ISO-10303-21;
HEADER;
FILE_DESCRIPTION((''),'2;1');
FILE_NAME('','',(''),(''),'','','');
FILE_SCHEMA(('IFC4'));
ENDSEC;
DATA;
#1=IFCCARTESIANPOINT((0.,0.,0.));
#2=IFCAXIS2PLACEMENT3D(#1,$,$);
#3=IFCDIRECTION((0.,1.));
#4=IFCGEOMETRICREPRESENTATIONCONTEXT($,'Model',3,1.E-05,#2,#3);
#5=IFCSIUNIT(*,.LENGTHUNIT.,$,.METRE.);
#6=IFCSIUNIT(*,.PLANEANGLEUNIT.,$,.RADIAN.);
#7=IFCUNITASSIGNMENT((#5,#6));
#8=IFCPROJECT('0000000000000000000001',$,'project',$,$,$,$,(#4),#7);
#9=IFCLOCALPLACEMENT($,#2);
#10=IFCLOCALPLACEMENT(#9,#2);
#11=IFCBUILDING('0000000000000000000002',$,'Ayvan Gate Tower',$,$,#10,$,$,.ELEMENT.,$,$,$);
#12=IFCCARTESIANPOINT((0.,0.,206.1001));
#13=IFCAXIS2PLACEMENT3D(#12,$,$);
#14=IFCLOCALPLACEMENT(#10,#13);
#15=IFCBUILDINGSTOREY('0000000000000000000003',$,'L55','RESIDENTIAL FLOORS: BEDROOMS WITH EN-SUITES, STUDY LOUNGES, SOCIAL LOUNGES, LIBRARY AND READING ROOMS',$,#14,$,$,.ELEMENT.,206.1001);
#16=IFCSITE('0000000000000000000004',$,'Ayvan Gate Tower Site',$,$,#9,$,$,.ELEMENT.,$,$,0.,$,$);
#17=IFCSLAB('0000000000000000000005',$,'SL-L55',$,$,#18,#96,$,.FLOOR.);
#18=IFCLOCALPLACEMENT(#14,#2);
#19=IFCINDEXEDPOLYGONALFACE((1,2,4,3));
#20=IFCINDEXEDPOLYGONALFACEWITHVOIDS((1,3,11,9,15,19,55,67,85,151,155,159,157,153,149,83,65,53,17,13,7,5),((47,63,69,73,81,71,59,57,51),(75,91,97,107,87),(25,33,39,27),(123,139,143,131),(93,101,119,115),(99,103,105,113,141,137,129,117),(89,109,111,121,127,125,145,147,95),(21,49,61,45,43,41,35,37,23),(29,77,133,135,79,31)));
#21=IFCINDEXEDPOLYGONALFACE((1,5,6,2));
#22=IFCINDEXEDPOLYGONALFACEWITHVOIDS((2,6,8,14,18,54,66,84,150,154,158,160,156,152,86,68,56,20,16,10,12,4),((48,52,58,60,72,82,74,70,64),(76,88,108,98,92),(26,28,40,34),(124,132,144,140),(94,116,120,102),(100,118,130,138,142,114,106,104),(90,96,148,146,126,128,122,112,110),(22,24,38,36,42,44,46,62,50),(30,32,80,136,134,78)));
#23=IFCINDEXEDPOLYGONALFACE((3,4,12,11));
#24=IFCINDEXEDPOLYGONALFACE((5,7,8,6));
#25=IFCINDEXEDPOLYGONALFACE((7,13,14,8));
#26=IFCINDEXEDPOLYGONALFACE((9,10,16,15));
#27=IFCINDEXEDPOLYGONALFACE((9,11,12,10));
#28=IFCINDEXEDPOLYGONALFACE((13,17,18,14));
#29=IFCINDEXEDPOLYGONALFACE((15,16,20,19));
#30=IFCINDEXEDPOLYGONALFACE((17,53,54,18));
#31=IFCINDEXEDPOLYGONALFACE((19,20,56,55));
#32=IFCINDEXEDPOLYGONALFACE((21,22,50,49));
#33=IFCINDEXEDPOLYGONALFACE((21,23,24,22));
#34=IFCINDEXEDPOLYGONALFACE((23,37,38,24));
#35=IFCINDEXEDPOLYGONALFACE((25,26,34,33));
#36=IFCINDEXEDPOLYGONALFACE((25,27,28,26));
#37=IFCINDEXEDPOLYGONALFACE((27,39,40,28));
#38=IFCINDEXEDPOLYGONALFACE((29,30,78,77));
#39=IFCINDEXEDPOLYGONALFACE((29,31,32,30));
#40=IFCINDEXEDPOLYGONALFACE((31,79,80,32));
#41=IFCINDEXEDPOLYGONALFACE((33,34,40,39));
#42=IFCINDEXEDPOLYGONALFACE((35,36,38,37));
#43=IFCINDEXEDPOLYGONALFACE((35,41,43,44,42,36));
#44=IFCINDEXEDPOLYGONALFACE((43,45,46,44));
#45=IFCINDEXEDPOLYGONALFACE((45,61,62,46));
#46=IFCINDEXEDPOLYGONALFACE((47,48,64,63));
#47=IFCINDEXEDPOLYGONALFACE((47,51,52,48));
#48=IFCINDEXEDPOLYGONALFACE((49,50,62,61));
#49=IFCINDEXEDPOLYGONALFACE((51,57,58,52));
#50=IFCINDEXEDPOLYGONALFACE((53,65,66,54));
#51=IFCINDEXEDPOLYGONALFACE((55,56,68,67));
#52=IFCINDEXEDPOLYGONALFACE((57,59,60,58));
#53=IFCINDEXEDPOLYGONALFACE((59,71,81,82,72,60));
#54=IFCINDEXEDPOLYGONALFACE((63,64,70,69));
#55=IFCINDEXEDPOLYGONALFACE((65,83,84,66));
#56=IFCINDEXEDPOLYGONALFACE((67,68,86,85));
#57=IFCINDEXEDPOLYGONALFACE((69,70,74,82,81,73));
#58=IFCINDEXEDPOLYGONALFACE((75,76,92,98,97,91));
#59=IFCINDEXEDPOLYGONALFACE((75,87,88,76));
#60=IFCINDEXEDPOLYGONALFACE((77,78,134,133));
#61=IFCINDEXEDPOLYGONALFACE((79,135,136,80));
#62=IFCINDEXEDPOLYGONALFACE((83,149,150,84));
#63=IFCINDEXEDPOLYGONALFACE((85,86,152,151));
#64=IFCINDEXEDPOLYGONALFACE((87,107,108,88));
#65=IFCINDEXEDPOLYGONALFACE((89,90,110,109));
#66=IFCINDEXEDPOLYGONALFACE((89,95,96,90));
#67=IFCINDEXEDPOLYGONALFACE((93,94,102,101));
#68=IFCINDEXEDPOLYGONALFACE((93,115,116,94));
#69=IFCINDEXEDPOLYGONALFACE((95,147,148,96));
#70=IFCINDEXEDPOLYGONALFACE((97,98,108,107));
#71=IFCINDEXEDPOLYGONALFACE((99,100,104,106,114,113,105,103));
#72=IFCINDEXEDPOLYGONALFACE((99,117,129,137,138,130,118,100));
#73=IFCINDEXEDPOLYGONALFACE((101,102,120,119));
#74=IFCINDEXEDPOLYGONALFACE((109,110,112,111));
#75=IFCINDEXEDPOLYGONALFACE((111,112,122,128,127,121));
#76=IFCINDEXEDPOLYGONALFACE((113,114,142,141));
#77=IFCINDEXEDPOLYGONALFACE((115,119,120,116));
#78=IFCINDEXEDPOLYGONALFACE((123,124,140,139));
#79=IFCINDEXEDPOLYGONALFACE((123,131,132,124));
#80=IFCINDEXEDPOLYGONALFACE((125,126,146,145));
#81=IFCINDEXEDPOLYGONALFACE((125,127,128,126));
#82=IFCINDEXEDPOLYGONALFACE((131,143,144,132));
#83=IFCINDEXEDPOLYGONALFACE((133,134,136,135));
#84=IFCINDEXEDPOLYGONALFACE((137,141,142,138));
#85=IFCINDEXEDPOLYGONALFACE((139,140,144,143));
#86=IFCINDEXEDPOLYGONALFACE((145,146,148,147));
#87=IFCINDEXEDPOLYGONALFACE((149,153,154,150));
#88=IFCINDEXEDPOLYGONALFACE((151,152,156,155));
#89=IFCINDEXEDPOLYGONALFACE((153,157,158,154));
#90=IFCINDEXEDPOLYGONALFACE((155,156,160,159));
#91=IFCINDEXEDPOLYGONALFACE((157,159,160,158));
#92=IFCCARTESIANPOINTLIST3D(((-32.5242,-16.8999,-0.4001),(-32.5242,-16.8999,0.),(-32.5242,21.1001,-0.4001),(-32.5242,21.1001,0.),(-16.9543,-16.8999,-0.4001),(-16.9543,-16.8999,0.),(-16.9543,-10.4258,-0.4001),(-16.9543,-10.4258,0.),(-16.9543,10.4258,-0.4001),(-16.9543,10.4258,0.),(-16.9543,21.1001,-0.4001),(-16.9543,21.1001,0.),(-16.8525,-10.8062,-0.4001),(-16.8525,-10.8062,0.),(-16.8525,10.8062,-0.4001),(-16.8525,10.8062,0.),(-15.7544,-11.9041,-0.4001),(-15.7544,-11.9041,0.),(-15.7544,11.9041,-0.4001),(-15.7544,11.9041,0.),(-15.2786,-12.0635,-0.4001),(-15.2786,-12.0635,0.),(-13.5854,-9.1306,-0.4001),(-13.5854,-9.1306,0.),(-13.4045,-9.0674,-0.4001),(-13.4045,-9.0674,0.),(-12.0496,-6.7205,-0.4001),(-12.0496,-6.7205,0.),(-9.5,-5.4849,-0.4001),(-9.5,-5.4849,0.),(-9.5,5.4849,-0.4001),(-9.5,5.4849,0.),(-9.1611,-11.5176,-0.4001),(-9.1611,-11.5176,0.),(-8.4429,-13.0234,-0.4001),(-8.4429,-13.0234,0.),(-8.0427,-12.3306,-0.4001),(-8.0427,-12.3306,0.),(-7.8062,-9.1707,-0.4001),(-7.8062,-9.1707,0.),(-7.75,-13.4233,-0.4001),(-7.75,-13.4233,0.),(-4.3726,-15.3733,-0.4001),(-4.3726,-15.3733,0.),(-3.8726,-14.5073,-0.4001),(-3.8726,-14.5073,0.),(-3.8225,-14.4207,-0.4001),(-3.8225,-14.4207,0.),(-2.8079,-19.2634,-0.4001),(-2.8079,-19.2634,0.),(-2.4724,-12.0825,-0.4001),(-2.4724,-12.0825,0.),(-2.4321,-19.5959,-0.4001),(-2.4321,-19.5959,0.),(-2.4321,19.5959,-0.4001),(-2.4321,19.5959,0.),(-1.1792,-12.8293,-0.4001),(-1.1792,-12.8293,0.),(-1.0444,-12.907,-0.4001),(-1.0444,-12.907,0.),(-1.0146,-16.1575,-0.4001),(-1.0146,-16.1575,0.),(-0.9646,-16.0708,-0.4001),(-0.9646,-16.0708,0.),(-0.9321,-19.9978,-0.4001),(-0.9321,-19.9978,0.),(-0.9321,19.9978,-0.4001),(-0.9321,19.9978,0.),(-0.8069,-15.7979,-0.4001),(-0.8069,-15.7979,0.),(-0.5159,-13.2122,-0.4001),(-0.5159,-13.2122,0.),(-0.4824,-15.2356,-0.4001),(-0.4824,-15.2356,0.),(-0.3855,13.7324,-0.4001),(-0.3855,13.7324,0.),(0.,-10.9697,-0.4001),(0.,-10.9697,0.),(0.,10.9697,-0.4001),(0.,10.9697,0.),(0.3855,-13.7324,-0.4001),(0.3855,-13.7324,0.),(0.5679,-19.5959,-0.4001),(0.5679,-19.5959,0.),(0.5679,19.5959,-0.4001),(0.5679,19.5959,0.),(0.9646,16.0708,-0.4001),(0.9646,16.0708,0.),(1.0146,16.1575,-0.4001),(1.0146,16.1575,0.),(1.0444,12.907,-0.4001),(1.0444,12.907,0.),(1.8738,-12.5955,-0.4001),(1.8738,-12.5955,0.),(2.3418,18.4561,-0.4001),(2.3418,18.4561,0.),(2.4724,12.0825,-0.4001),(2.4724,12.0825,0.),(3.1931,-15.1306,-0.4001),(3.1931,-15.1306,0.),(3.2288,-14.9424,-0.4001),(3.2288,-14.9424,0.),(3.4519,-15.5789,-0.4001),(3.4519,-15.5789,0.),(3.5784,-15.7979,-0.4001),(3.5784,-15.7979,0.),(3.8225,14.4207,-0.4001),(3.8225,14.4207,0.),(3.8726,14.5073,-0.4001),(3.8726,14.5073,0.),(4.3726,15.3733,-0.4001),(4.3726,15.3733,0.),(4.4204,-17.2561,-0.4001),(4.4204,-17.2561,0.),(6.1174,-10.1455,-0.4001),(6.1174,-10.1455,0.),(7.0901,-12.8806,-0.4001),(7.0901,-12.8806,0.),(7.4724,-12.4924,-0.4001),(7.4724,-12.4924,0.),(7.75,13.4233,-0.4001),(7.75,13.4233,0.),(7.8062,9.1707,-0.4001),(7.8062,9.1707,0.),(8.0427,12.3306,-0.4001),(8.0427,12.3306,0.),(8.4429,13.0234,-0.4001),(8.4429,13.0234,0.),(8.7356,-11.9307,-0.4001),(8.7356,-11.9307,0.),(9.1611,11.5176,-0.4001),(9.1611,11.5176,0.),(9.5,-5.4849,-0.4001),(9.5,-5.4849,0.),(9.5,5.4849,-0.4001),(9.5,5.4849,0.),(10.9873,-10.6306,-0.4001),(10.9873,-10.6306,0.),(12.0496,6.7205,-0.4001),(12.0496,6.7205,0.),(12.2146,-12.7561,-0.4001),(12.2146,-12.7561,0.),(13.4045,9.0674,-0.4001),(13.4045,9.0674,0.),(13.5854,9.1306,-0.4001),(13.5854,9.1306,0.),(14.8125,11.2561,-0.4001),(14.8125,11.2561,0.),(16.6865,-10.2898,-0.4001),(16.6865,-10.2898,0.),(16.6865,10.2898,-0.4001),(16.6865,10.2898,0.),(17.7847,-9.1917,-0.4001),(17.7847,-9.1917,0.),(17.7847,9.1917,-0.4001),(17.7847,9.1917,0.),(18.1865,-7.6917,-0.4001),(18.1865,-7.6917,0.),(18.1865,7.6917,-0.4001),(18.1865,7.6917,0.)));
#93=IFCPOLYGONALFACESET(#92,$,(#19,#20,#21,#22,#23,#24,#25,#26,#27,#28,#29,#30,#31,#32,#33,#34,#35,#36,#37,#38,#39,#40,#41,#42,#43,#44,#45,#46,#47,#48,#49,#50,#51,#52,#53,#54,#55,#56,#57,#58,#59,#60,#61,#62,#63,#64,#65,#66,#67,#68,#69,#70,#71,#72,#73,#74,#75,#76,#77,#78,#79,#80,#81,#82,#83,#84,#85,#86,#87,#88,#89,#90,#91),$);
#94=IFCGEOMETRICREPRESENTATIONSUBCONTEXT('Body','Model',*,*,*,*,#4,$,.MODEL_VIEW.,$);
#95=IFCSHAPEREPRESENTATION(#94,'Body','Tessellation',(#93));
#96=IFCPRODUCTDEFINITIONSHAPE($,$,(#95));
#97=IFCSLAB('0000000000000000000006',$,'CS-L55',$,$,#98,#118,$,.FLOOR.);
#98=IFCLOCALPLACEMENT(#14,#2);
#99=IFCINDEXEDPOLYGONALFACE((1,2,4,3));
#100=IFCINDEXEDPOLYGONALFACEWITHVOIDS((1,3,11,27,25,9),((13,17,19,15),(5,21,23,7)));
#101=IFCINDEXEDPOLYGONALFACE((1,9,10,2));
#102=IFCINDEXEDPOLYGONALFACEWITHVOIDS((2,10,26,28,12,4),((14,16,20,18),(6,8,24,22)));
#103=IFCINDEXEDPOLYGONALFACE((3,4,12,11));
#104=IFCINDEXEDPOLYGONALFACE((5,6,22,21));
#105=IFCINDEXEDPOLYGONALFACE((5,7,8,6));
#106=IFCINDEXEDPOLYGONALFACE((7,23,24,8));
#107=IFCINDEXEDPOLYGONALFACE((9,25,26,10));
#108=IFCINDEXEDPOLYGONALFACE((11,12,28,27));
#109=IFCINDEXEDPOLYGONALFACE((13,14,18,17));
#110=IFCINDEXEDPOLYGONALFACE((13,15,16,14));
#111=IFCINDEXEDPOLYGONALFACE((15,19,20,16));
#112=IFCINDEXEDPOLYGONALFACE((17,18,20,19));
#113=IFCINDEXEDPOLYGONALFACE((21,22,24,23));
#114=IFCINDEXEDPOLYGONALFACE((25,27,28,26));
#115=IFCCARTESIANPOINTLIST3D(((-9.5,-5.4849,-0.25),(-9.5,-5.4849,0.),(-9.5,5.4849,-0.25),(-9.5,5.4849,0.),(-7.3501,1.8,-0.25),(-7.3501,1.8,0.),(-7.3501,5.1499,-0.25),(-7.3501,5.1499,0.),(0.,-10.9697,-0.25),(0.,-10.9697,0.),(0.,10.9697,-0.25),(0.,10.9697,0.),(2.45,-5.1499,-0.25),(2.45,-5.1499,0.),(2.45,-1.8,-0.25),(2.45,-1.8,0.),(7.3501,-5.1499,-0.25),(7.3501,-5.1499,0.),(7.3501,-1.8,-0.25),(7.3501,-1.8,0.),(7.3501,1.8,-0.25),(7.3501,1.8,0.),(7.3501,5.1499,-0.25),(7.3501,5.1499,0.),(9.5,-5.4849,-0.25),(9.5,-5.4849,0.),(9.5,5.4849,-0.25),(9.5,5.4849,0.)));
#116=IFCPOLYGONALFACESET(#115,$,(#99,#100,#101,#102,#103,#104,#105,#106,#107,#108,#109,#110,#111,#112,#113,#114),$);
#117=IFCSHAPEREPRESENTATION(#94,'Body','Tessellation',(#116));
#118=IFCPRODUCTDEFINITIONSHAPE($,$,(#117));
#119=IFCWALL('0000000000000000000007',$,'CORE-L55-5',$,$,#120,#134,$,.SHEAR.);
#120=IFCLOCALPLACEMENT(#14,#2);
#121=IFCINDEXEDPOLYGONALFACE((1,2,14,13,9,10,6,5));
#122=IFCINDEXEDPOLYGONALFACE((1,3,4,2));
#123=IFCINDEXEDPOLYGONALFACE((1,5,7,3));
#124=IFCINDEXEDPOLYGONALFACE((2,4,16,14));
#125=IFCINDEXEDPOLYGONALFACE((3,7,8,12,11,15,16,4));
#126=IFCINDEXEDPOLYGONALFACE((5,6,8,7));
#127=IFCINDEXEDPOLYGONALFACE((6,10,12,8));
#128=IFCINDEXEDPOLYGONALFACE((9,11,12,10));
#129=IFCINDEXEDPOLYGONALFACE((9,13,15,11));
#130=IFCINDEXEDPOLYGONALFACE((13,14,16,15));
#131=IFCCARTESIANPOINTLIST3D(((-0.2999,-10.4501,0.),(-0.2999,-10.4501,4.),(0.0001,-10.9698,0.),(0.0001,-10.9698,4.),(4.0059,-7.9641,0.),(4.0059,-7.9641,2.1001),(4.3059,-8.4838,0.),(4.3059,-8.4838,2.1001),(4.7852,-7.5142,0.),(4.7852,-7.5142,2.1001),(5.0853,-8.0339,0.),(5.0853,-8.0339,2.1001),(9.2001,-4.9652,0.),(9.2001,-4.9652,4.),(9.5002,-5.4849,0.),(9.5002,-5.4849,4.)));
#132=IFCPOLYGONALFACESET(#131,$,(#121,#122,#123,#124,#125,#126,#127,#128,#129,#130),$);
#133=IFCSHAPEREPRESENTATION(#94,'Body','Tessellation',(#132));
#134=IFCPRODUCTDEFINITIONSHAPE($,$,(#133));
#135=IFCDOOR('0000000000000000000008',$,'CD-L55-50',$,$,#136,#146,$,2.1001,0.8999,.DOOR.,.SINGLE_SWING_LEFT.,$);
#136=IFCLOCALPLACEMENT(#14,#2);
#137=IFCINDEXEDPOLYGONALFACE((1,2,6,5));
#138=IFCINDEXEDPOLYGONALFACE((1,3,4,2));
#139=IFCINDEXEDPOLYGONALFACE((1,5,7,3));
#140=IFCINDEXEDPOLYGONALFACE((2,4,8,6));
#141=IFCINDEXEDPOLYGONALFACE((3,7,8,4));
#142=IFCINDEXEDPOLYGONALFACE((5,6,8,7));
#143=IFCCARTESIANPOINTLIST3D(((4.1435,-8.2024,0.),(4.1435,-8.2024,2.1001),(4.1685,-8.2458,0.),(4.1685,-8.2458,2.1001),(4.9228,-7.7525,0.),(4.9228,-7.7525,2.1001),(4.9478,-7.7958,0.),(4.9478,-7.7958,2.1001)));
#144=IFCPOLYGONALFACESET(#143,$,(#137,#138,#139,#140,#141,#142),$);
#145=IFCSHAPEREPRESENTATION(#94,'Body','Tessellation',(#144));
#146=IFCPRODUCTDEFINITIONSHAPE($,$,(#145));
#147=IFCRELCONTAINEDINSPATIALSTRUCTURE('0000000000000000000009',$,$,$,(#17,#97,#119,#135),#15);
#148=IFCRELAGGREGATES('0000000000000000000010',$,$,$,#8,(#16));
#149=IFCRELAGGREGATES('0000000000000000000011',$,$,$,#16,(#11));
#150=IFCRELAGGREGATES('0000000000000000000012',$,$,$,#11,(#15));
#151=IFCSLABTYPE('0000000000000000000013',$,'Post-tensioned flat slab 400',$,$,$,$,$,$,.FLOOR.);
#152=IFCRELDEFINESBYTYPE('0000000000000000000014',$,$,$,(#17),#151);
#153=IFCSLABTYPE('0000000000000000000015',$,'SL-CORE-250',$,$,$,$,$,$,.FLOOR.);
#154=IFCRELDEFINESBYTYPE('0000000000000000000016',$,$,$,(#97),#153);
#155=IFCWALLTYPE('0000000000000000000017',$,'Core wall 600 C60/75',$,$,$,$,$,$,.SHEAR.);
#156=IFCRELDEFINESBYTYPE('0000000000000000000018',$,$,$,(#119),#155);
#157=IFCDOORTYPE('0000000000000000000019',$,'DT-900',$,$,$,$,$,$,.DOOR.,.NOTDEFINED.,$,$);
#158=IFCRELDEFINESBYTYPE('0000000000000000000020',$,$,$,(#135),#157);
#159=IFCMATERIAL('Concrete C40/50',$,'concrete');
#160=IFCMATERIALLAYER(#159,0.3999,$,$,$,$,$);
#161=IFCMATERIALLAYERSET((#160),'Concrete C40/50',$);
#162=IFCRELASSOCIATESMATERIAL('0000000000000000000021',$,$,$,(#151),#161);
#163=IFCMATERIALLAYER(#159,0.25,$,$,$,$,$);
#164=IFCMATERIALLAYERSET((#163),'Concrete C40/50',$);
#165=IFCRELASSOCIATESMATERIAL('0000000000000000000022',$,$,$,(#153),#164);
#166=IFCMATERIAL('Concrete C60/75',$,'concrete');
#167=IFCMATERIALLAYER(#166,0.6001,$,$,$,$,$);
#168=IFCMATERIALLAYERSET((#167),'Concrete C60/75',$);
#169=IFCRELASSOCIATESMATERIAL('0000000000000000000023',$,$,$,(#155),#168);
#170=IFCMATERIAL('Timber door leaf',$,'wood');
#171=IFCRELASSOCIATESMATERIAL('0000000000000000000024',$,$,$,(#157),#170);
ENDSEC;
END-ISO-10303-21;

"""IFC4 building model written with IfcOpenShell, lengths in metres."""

from ifc_helpers import new_model, si_unit, direction, frame, frame_2d, origin, place, context, subcontext, project, spatial, polyline, rectangle, outline, extrude, material, layer, layer_set, type_object, element, fill, save


model = new_model("IFC4")

# Units and contexts
model_context = context("Model", 3, precision=1e-05, world=origin(), true_north=direction((0.0, 1.0)))
body_context = subcontext(model_context, "Body", "Model", "MODEL_VIEW")
ifc_project = project(units=[si_unit("LENGTHUNIT", "METRE"), si_unit("PLANEANGLEUNIT", "RADIAN")], contexts=[model_context])

# Site, building, storey
site_placement = place(None, origin())
site = spatial("IfcSite", under=ifc_project, at=site_placement, Name="Ayvan Gate Tower Site", CompositionType="ELEMENT", RefElevation=0.0)
building_placement = place(site_placement, origin())
building = spatial("IfcBuilding", under=site, at=building_placement, Name="Ayvan Gate Tower", CompositionType="ELEMENT")
storey_placement = place(building_placement, frame((0.0, 0.0, 206.1001)))
storey = spatial("IfcBuildingStorey", under=building, at=storey_placement, Name="L55", Description="RESIDENTIAL FLOORS: BEDROOMS WITH EN-SUITES, STUDY LOUNGES, SOCIAL LOUNGES, LIBRARY AND READING ROOMS", CompositionType="ELEMENT", Elevation=206.1001)

# Slabs
ifc_material_1 = material(Name="Concrete C40/50", Category="concrete")
ifc_layer_1 = layer(ifc_material_1, 0.3999)
ifc_layer_set_1 = layer_set([ifc_layer_1], Name="Concrete C40/50")
slab_type_1 = type_object("IfcSlabType", Name="Post-tensioned flat slab 400", PredefinedType="FLOOR", material=ifc_layer_set_1)
slab_1_placement = place(storey_placement, frame((0.0, 0.0, -0.4001)))
element("IfcSlab", 1, at=slab_1_placement, inside=storey, type_object=slab_type_1, Name="SL-L55", PredefinedType="FLOOR", context=body_context, shape_type="SweptSolid", body=[
    extrude(outline(polyline([(-16.8525, -10.8062), (-16.9543, -10.4258), (-16.9543, -16.8999), (-32.5242, -16.8999), (-32.5242, 21.1001), (-16.9543, 21.1001), (-16.9543, 10.4258), (-16.8525, 10.8062), (-15.7544, 11.9041), (-2.4321, 19.5959), (-0.9321, 19.9978), (0.5679, 19.5959), (16.6865, 10.2898), (17.7847, 9.1917), (18.1865, 7.6917), (18.1865, -7.6917), (17.7847, -9.1917), (16.6865, -10.2898), (0.5679, -19.5959), (-0.9321, -19.9978), (-2.4321, -19.5959), (-15.7544, -11.9041), (-16.8525, -10.8062)]), holes=[polyline([(8.4429, 13.0234), (8.0427, 12.3306), (13.5854, 9.1306), (14.8125, 11.2561), (2.3418, 18.4561), (1.0146, 16.1575), (3.8726, 14.5073), (4.3726, 15.3733), (7.75, 13.4233), (8.4429, 13.0234)]), polyline([(7.8062, 9.1707), (12.0496, 6.7205), (13.4045, 9.0674), (9.1611, 11.5176), (7.8062, 9.1707)]), polyline([(3.5784, -15.7979), (4.4204, -17.2561), (12.2146, -12.7561), (10.9873, -10.6306), (8.7356, -11.9307), (7.0901, -12.8806), (3.1931, -15.1306), (3.4519, -15.5789), (3.5784, -15.7979)]), polyline([(-9.5, -5.4849), (0.0, -10.9697), (9.5, -5.4849), (9.5, 5.4849), (0.0, 10.9697), (-9.5, 5.4849), (-9.5, -5.4849)]), polyline([(6.1174, -10.1455), (1.8738, -12.5955), (3.2288, -14.9424), (7.4724, -12.4924), (6.1174, -10.1455)]), polyline([(-0.3855, 13.7324), (1.0444, 12.907), (2.4724, 12.0825), (3.8225, 14.4207), (0.9646, 16.0708), (-0.3855, 13.7324)]), polyline([(-1.1792, -12.8293), (-2.4724, -12.0825), (-3.8225, -14.4207), (-0.9646, -16.0708), (-0.8069, -15.7979), (-0.4824, -15.2356), (0.3855, -13.7324), (-0.5159, -13.2122), (-1.0444, -12.907), (-1.1792, -12.8293)]), polyline([(-1.0146, -16.1575), (-3.8726, -14.5073), (-4.3726, -15.3733), (-7.75, -13.4233), (-8.4429, -13.0234), (-8.0427, -12.3306), (-13.5854, -9.1306), (-15.2786, -12.0635), (-2.8079, -19.2634), (-1.0146, -16.1575)]), polyline([(-13.4045, -9.0674), (-9.1611, -11.5176), (-7.8062, -9.1707), (-12.0496, -6.7205), (-13.4045, -9.0674)])]), origin(), (0.0, 0.0, 1.0), 0.4001),
])
ifc_layer_2 = layer(ifc_material_1, 0.25)
ifc_layer_set_2 = layer_set([ifc_layer_2], Name="Concrete C40/50")
slab_type_2 = type_object("IfcSlabType", Name="SL-CORE-250", PredefinedType="FLOOR", material=ifc_layer_set_2)
slab_2_placement = place(storey_placement, frame((0.0, 0.0, -0.25)))
element("IfcSlab", 2, at=slab_2_placement, inside=storey, type_object=slab_type_2, Name="CS-L55", PredefinedType="FLOOR", context=body_context, shape_type="SweptSolid", body=[
    extrude(outline(polyline([(9.5, -5.4849), (0.0, -10.9697), (-9.5, -5.4849), (-9.5, 5.4849), (0.0, 10.9697), (9.5, 5.4849), (9.5, -5.4849)]), holes=[polyline([(-7.3501, 5.1499), (-7.3501, 1.8), (7.3501, 1.8), (7.3501, 5.1499), (-7.3501, 5.1499)]), polyline([(2.45, -1.8), (2.45, -5.1499), (7.3501, -5.1499), (7.3501, -1.8), (2.45, -1.8)])]), origin(), (0.0, 0.0, 1.0), 0.25),
])

# Wall, opening, door
ifc_material_2 = material(Name="Concrete C60/75", Category="concrete")
ifc_layer_3 = layer(ifc_material_2, 0.6001)
ifc_layer_set_3 = layer_set([ifc_layer_3], Name="Concrete C60/75")
wall_type_1 = type_object("IfcWallType", Name="Core wall 600 C60/75", PredefinedType="SHEAR", material=ifc_layer_set_3)
wall_1_placement = place(storey_placement, frame((-0.1499, -10.71, 0.0), z_axis=(0.0, 0.0, 1.0), x_axis=(0.866024, 0.500002, 0.0)))
wall_1 = element("IfcWall", 3, at=wall_1_placement, inside=storey, type_object=wall_type_1, Name="CORE-L55-5", PredefinedType="SHEAR", context=body_context, shape_type="SweptSolid", body=[
    extrude(rectangle(XDim=10.9697, YDim=0.6001, at=frame_2d((5.4849, 0.0))), origin(), (0.0, 0.0, 1.0), 4.0),
])
opening_1_placement = place(wall_1_placement, frame((4.9719, 0.0, 0.0)))
opening_1 = element("IfcOpeningElement", 4, at=opening_1_placement, cuts=wall_1, PredefinedType="OPENING", context=body_context, shape_type="SweptSolid", body=[
    extrude(rectangle(XDim=0.8999, YDim=2.1001, at=frame_2d((0.45, 1.05))), frame((0.0, 0.3101, 0.0), z_axis=(0.0, -1.0, 0.0), x_axis=(1.0, 0.0, 0.0)), (0.0, 0.0, 1.0), 0.6201),
])
ifc_material_3 = material(Name="Timber door leaf", Category="wood")
door_type_1 = type_object("IfcDoorType", Name="DT-900", OperationType="NOTDEFINED", PredefinedType="DOOR", material=ifc_material_3)
door_1_placement = place(opening_1_placement, origin())
door_1 = element("IfcDoor", 5, at=door_1_placement, inside=storey, type_object=door_type_1, Name="CD-L55-50", OperationType="SINGLE_SWING_LEFT", OverallHeight=2.1001, OverallWidth=0.8999, PredefinedType="DOOR", context=body_context, shape_type="SweptSolid", body=[
    extrude(rectangle(XDim=0.8999, YDim=2.1001, at=frame_2d((0.45, 1.05))), frame((0.0, 0.0249, 0.0), z_axis=(0.0, -1.0, 0.0), x_axis=(1.0, 0.0, 0.0)), (0.0, 0.0, 1.0), 0.05),
])
fill(opening_1, door_1)

save(model, "model.ifc")
